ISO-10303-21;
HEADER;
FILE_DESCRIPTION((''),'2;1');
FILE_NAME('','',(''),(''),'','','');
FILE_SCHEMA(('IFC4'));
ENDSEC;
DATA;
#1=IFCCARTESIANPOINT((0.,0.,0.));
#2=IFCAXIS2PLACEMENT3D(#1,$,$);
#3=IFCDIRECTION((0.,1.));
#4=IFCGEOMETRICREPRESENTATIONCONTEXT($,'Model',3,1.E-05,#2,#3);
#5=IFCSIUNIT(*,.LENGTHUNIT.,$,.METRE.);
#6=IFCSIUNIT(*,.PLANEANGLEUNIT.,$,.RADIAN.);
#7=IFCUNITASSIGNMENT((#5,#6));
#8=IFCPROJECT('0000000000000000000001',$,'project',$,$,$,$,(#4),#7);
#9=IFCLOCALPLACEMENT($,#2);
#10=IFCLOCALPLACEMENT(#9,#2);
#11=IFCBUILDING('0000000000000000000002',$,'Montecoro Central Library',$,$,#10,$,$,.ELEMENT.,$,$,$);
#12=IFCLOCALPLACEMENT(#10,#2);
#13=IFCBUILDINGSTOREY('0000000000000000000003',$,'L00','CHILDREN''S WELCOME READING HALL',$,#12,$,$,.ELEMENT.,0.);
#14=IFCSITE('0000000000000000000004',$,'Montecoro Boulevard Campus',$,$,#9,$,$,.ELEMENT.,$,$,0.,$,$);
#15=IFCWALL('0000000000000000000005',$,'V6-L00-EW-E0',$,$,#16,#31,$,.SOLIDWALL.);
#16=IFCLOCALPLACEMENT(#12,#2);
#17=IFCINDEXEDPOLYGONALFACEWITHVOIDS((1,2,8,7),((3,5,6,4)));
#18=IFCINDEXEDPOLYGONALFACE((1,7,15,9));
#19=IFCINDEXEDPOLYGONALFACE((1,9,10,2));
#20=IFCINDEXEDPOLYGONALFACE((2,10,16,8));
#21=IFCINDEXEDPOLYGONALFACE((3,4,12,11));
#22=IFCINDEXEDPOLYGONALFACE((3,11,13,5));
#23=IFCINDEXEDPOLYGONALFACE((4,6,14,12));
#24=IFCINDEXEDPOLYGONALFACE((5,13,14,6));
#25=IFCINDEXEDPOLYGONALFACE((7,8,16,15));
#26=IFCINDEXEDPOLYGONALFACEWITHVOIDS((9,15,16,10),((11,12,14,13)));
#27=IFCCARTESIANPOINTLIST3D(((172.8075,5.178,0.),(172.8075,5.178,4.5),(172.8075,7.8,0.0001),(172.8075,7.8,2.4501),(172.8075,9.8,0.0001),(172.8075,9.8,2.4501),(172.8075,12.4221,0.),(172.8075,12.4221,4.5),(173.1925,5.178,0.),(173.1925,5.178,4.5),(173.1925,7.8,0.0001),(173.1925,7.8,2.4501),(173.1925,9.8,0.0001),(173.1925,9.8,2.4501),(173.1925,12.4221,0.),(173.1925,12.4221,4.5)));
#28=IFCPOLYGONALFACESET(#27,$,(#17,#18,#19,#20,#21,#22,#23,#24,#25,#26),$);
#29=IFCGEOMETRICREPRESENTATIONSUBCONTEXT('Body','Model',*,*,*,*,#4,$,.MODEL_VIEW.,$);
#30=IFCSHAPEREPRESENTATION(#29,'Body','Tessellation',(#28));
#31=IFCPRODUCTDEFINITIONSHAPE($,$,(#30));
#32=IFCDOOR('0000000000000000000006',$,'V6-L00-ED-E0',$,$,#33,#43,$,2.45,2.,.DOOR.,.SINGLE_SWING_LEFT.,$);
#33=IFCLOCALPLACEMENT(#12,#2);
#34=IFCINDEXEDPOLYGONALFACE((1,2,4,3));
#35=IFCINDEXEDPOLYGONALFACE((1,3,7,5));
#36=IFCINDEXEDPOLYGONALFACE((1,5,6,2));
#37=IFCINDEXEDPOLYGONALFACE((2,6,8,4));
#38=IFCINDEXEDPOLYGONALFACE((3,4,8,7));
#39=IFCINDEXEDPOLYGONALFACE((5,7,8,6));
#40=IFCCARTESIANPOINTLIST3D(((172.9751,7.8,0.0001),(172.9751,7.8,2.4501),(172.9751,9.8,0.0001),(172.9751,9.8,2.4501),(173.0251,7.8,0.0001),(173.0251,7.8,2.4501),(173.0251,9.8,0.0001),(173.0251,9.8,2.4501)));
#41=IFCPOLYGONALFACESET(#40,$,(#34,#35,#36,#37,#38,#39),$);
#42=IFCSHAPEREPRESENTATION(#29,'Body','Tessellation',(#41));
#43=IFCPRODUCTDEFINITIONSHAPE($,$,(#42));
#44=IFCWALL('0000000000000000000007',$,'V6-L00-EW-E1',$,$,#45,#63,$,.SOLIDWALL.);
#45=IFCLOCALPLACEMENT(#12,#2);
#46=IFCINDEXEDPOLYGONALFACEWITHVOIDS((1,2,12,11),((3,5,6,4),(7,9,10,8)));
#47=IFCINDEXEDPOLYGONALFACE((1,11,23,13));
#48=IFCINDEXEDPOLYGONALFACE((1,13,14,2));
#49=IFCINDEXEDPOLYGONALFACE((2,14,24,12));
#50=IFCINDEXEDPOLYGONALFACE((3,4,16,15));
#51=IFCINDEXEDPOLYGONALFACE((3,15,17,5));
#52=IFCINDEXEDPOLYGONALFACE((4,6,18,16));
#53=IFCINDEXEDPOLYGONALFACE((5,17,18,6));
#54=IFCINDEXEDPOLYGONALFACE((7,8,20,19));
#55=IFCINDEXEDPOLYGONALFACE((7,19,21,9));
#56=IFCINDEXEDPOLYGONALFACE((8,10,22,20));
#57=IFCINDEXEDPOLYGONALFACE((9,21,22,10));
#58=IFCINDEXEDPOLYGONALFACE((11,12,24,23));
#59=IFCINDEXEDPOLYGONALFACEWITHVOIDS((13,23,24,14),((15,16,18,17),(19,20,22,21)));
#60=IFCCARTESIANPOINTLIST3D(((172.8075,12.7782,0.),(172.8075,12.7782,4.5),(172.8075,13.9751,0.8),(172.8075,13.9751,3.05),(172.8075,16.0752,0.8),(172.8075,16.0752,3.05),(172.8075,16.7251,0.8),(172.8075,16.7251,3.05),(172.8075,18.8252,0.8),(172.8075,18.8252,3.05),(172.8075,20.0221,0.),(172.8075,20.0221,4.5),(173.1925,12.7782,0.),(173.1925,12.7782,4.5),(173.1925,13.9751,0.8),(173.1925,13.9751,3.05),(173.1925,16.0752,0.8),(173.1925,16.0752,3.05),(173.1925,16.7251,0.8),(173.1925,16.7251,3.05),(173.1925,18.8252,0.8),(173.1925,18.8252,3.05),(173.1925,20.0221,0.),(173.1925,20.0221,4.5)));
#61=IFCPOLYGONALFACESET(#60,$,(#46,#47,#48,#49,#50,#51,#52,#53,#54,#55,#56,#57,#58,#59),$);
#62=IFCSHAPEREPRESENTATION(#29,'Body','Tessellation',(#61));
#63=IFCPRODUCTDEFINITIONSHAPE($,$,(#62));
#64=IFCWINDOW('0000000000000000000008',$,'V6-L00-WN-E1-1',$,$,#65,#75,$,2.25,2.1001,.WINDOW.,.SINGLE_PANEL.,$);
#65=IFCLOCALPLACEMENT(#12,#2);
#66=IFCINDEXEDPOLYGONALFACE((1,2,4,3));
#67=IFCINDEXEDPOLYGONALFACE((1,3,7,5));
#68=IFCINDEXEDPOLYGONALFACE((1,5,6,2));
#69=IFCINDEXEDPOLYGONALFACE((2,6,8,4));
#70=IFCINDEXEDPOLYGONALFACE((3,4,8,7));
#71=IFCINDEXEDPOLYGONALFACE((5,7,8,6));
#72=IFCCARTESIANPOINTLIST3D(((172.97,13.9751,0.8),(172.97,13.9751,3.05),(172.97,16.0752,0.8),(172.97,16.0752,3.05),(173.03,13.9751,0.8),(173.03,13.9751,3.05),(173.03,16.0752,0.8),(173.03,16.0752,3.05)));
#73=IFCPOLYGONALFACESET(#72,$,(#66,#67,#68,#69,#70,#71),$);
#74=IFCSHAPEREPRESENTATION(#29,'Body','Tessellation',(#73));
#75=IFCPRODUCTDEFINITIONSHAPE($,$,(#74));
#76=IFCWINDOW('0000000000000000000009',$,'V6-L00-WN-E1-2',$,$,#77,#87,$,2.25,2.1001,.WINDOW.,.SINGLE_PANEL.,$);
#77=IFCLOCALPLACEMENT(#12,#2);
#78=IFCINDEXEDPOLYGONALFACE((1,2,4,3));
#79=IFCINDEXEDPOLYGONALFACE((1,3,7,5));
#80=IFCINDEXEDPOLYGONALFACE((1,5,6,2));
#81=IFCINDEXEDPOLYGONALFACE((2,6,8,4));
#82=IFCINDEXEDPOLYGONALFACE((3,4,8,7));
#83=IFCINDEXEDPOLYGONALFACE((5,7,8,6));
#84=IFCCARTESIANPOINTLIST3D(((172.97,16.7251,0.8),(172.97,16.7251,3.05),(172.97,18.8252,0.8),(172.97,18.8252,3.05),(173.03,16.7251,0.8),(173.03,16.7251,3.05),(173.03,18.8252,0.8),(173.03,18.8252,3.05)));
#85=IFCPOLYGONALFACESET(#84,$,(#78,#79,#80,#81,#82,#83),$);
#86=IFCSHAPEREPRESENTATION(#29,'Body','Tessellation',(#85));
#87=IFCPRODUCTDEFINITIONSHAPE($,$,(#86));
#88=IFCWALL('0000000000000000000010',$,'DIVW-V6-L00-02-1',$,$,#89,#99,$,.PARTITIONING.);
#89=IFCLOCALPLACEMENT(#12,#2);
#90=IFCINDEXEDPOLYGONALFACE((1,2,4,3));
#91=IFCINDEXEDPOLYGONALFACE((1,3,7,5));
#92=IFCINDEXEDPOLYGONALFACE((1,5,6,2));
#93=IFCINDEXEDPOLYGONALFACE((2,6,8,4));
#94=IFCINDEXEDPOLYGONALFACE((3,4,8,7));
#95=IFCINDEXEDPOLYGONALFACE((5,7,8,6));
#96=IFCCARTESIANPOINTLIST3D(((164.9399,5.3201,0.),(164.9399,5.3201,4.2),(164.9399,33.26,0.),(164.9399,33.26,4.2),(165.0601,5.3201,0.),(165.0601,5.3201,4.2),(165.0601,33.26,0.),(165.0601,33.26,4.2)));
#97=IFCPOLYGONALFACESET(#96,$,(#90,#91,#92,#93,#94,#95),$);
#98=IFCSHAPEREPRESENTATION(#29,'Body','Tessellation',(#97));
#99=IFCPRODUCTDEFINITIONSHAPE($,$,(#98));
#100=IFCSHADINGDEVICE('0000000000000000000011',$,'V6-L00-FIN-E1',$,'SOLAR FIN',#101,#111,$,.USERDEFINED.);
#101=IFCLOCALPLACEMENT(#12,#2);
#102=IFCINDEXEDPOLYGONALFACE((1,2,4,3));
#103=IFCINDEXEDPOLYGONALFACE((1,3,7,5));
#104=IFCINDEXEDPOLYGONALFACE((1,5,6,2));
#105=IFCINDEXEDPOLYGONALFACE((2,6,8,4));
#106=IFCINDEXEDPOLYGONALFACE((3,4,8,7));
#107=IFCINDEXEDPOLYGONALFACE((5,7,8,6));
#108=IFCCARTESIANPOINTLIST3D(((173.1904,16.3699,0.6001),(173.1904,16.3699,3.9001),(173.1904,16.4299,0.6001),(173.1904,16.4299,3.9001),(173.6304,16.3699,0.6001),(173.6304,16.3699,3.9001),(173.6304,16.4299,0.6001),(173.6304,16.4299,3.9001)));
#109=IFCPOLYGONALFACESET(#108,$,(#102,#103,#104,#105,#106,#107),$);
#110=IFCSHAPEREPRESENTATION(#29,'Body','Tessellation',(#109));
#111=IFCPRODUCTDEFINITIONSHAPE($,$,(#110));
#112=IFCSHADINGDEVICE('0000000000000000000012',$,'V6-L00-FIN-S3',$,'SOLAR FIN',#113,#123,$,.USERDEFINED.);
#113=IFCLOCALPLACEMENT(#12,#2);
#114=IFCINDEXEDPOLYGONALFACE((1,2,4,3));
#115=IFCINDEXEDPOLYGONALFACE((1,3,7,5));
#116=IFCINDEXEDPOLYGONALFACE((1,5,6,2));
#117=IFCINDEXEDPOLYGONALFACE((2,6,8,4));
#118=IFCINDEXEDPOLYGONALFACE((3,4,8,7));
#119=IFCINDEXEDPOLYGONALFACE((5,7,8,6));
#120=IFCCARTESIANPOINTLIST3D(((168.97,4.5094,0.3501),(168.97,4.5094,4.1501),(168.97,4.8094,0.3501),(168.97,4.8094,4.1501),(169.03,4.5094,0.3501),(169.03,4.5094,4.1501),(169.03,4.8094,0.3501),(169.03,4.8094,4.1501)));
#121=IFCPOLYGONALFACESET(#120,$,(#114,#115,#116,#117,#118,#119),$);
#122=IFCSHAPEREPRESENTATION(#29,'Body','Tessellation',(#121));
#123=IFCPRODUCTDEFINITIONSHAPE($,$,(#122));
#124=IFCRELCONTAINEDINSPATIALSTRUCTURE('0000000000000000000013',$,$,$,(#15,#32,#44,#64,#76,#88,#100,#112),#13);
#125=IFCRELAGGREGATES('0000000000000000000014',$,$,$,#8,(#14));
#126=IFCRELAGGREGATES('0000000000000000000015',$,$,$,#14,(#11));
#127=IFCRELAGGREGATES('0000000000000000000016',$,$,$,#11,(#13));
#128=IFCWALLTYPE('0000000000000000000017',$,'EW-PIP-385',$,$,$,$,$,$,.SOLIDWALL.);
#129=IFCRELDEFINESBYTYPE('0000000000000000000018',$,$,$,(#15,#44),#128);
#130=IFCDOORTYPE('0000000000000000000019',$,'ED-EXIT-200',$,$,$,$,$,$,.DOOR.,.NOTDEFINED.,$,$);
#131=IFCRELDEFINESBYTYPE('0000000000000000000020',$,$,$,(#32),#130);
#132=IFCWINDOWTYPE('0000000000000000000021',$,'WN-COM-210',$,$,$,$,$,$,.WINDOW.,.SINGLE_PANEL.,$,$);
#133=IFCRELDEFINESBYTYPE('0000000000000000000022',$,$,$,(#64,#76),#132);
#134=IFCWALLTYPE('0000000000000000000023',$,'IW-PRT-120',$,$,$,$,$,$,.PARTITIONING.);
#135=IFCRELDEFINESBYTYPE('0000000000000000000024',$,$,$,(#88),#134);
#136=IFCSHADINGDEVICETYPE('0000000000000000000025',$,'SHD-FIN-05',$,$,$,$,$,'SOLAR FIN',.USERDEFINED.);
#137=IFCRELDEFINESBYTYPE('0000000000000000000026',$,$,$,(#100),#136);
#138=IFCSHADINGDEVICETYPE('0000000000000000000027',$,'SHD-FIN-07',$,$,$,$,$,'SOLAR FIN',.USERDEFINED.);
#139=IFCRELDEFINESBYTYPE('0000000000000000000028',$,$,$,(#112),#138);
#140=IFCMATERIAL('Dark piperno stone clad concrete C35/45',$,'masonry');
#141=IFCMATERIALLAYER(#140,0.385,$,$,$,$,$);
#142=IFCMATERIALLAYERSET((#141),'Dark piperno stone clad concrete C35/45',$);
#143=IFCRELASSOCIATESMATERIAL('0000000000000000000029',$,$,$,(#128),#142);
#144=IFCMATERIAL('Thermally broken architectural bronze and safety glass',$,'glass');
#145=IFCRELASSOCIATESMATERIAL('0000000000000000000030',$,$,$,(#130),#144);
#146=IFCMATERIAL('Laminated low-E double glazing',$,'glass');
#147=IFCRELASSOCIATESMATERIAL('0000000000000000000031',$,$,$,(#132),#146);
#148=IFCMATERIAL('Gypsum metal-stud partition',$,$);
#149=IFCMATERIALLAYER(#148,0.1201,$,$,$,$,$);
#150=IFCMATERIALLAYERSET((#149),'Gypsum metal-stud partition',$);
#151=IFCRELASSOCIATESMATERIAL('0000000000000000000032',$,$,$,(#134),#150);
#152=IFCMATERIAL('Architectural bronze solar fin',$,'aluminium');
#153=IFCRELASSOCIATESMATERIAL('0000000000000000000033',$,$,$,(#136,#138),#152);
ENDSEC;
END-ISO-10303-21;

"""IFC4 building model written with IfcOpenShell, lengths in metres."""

from ifc_helpers import new_model, si_unit, direction, frame, frame_2d, origin, origin_2d, place, context, subcontext, project, spatial, rectangle, extrude, material, layer, layer_set, type_object, element, fill, save


model = new_model("IFC4")

# Units and contexts
model_context = context("Model", 3, precision=1e-05, world=origin(), true_north=direction((0.0, 1.0)))
body_context = subcontext(model_context, "Body", "Model", "MODEL_VIEW")
ifc_project = project(units=[si_unit("LENGTHUNIT", "METRE"), si_unit("PLANEANGLEUNIT", "RADIAN")], contexts=[model_context])

# Site, building, storey
site_placement = place(None, origin())
site = spatial("IfcSite", under=ifc_project, at=site_placement, Name="Montecoro Boulevard Campus", CompositionType="ELEMENT", RefElevation=0.0)
building_placement = place(site_placement, origin())
building = spatial("IfcBuilding", under=site, at=building_placement, Name="Montecoro Central Library", CompositionType="ELEMENT")
storey_placement = place(building_placement, origin())
storey = spatial("IfcBuildingStorey", under=building, at=storey_placement, Name="L00", Description="CHILDREN'S WELCOME READING HALL", CompositionType="ELEMENT", Elevation=0.0)

# Shared definitions
ifc_material_1 = material(Name="Dark piperno stone clad concrete C35/45", Category="masonry")
ifc_layer_1 = layer(ifc_material_1, 0.385)
ifc_layer_set_1 = layer_set([ifc_layer_1], Name="Dark piperno stone clad concrete C35/45")
wall_type_1 = type_object("IfcWallType", Name="EW-PIP-385", PredefinedType="SOLIDWALL", material=ifc_layer_set_1)
ifc_material_2 = material(Name="Laminated low-E double glazing", Category="glass")

# Wall, opening, door
wall_1_placement = place(storey_placement, frame((173.0, 5.178, 0.0), z_axis=(0.0, 0.0, 1.0), x_axis=(0.0, 1.0, 0.0)))
wall_1 = element("IfcWall", 1, at=wall_1_placement, inside=storey, type_object=wall_type_1, Name="V6-L00-EW-E0", PredefinedType="SOLIDWALL", context=body_context, shape_type="SweptSolid", body=[
    extrude(rectangle(XDim=7.2441, YDim=0.385, at=frame_2d((3.6221, 0.0))), origin(), (0.0, 0.0, 1.0), 4.5),
])
opening_1_placement = place(wall_1_placement, frame((2.6221, 0.0, 0.0)))
opening_1 = element("IfcOpeningElement", 2, at=opening_1_placement, cuts=wall_1, PredefinedType="OPENING", context=body_context, shape_type="SweptSolid", body=[
    extrude(rectangle(XDim=2.0, YDim=2.45, at=frame_2d((1.0, 1.2251))), frame((0.0, 0.2024, 0.0), z_axis=(0.0, -1.0, 0.0), x_axis=(1.0, 0.0, 0.0)), (0.0, 0.0, 1.0), 0.405),
])
ifc_material_3 = material(Name="Thermally broken architectural bronze and safety glass", Category="glass")
door_type = type_object("IfcDoorType", Name="ED-EXIT-200", OperationType="NOTDEFINED", PredefinedType="DOOR", material=ifc_material_3)
door_placement = place(opening_1_placement, origin())
door = element("IfcDoor", 3, at=door_placement, inside=storey, type_object=door_type, Name="V6-L00-ED-E0", OperationType="SINGLE_SWING_LEFT", OverallHeight=2.45, OverallWidth=2.0, PredefinedType="DOOR", context=body_context, shape_type="SweptSolid", body=[
    extrude(rectangle(XDim=2.0, YDim=2.45, at=frame_2d((1.0, 1.2251))), frame((0.0, 0.0249, 0.0), z_axis=(0.0, -1.0, 0.0), x_axis=(1.0, 0.0, 0.0)), (0.0, 0.0, 1.0), 0.05),
])
fill(opening_1, door)

# Wall, openings, windows
wall_2_placement = place(storey_placement, frame((173.0, 12.7781, 0.0), z_axis=(0.0, 0.0, 1.0), x_axis=(0.0, 1.0, 0.0)))
wall_2 = element("IfcWall", 4, at=wall_2_placement, inside=storey, type_object=wall_type_1, Name="V6-L00-EW-E1", PredefinedType="SOLIDWALL", context=body_context, shape_type="SweptSolid", body=[
    extrude(rectangle(XDim=7.2439, YDim=0.385, at=frame_2d((3.6221, 0.0))), origin(), (0.0, 0.0, 1.0), 4.5),
])
opening_2_placement = place(wall_2_placement, frame((1.197, 0.0, 0.8)))
opening_2 = element("IfcOpeningElement", 5, at=opening_2_placement, cuts=wall_2, PredefinedType="OPENING", context=body_context, shape_type="SweptSolid", body=[
    extrude(rectangle(XDim=2.1001, YDim=2.25, at=frame_2d((1.05, 1.125))), frame((0.0, 0.2024, 0.0), z_axis=(0.0, -1.0, 0.0), x_axis=(1.0, 0.0, 0.0)), (0.0, 0.0, 1.0), 0.405),
])
opening_3_placement = place(wall_2_placement, frame((3.947, 0.0, 0.8)))
opening_3 = element("IfcOpeningElement", 6, at=opening_3_placement, cuts=wall_2, PredefinedType="OPENING", context=body_context, shape_type="SweptSolid", body=[
    extrude(rectangle(XDim=2.1001, YDim=2.25, at=frame_2d((1.05, 1.125))), frame((0.0, 0.2024, 0.0), z_axis=(0.0, -1.0, 0.0), x_axis=(1.0, 0.0, 0.0)), (0.0, 0.0, 1.0), 0.405),
])
window_type_1 = type_object("IfcWindowType", Name="WN-COM-210", PartitioningType="SINGLE_PANEL", PredefinedType="WINDOW", material=ifc_material_2)
window_1_placement = place(opening_2_placement, origin())
window_1 = element("IfcWindow", 7, at=window_1_placement, inside=storey, type_object=window_type_1, Name="V6-L00-WN-E1-1", OverallHeight=2.25, OverallWidth=2.1001, PartitioningType="SINGLE_PANEL", PredefinedType="WINDOW", context=body_context, shape_type="SweptSolid", body=[
    extrude(rectangle(XDim=2.1001, YDim=2.25, at=frame_2d((1.05, 1.125))), frame((0.0, 0.03, 0.0), z_axis=(0.0, -1.0, 0.0), x_axis=(1.0, 0.0, 0.0)), (0.0, 0.0, 1.0), 0.0601),
])
fill(opening_2, window_1)
window_2_placement = place(opening_3_placement, origin())
window_2 = element("IfcWindow", 8, at=window_2_placement, inside=storey, type_object=window_type_1, Name="V6-L00-WN-E1-2", OverallHeight=2.25, OverallWidth=2.1001, PartitioningType="SINGLE_PANEL", PredefinedType="WINDOW", context=body_context, shape_type="SweptSolid", body=[
    extrude(rectangle(XDim=2.1001, YDim=2.25, at=frame_2d((1.05, 1.125))), frame((0.0, 0.03, 0.0), z_axis=(0.0, -1.0, 0.0), x_axis=(1.0, 0.0, 0.0)), (0.0, 0.0, 1.0), 0.0601),
])
fill(opening_3, window_2)

# Wall
ifc_material_4 = material(Name="Gypsum metal-stud partition")
ifc_layer_2 = layer(ifc_material_4, 0.1201)
ifc_layer_set_2 = layer_set([ifc_layer_2], Name="Gypsum metal-stud partition")
wall_type_2 = type_object("IfcWallType", Name="IW-PRT-120", PredefinedType="PARTITIONING", material=ifc_layer_set_2)
wall_3_placement = place(storey_placement, frame((165.0, 5.3201, 0.0), z_axis=(0.0, 0.0, 1.0), x_axis=(0.0, 1.0, 0.0)))
element("IfcWall", 9, at=wall_3_placement, inside=storey, type_object=wall_type_2, Name="DIVW-V6-L00-02-1", PredefinedType="PARTITIONING", context=body_context, shape_type="SweptSolid", body=[
    extrude(rectangle(XDim=27.9399, YDim=0.1201, at=frame_2d((13.97, 0.0))), origin(), (0.0, 0.0, 1.0), 4.2),
])

# Shading devices
ifc_material_5 = material(Name="Architectural bronze solar fin", Category="aluminium")
shading_device_type_1 = type_object("IfcShadingDeviceType", Name="SHD-FIN-05", ElementType="SOLAR FIN", PredefinedType="USERDEFINED", material=ifc_material_5)
shading_device_1_placement = place(storey_placement, frame((173.4104, 16.3999, 0.6001), z_axis=(0.0, 0.0, 1.0), x_axis=(0.0, 1.0, 0.0)))
element("IfcShadingDevice", 10, at=shading_device_1_placement, inside=storey, type_object=shading_device_type_1, Name="V6-L00-FIN-E1", ObjectType="SOLAR FIN", PredefinedType="USERDEFINED", context=body_context, shape_type="SweptSolid", body=[
    extrude(rectangle(XDim=0.0601, YDim=0.4399, at=origin_2d()), origin(), (0.0, 0.0, 1.0), 3.3),
])
shading_device_type_2 = type_object("IfcShadingDeviceType", Name="SHD-FIN-07", ElementType="SOLAR FIN", PredefinedType="USERDEFINED", material=ifc_material_5)
shading_device_2_placement = place(storey_placement, frame((169.0, 4.6594, 0.3501), z_axis=(0.0, 0.0, 1.0), x_axis=(1.0, 0.0, 0.0)))
element("IfcShadingDevice", 11, at=shading_device_2_placement, inside=storey, type_object=shading_device_type_2, Name="V6-L00-FIN-S3", ObjectType="SOLAR FIN", PredefinedType="USERDEFINED", context=body_context, shape_type="SweptSolid", body=[
    extrude(rectangle(XDim=0.0601, YDim=0.3, at=origin_2d()), origin(), (0.0, 0.0, 1.0), 3.8),
])

save(model, "model.ifc")
